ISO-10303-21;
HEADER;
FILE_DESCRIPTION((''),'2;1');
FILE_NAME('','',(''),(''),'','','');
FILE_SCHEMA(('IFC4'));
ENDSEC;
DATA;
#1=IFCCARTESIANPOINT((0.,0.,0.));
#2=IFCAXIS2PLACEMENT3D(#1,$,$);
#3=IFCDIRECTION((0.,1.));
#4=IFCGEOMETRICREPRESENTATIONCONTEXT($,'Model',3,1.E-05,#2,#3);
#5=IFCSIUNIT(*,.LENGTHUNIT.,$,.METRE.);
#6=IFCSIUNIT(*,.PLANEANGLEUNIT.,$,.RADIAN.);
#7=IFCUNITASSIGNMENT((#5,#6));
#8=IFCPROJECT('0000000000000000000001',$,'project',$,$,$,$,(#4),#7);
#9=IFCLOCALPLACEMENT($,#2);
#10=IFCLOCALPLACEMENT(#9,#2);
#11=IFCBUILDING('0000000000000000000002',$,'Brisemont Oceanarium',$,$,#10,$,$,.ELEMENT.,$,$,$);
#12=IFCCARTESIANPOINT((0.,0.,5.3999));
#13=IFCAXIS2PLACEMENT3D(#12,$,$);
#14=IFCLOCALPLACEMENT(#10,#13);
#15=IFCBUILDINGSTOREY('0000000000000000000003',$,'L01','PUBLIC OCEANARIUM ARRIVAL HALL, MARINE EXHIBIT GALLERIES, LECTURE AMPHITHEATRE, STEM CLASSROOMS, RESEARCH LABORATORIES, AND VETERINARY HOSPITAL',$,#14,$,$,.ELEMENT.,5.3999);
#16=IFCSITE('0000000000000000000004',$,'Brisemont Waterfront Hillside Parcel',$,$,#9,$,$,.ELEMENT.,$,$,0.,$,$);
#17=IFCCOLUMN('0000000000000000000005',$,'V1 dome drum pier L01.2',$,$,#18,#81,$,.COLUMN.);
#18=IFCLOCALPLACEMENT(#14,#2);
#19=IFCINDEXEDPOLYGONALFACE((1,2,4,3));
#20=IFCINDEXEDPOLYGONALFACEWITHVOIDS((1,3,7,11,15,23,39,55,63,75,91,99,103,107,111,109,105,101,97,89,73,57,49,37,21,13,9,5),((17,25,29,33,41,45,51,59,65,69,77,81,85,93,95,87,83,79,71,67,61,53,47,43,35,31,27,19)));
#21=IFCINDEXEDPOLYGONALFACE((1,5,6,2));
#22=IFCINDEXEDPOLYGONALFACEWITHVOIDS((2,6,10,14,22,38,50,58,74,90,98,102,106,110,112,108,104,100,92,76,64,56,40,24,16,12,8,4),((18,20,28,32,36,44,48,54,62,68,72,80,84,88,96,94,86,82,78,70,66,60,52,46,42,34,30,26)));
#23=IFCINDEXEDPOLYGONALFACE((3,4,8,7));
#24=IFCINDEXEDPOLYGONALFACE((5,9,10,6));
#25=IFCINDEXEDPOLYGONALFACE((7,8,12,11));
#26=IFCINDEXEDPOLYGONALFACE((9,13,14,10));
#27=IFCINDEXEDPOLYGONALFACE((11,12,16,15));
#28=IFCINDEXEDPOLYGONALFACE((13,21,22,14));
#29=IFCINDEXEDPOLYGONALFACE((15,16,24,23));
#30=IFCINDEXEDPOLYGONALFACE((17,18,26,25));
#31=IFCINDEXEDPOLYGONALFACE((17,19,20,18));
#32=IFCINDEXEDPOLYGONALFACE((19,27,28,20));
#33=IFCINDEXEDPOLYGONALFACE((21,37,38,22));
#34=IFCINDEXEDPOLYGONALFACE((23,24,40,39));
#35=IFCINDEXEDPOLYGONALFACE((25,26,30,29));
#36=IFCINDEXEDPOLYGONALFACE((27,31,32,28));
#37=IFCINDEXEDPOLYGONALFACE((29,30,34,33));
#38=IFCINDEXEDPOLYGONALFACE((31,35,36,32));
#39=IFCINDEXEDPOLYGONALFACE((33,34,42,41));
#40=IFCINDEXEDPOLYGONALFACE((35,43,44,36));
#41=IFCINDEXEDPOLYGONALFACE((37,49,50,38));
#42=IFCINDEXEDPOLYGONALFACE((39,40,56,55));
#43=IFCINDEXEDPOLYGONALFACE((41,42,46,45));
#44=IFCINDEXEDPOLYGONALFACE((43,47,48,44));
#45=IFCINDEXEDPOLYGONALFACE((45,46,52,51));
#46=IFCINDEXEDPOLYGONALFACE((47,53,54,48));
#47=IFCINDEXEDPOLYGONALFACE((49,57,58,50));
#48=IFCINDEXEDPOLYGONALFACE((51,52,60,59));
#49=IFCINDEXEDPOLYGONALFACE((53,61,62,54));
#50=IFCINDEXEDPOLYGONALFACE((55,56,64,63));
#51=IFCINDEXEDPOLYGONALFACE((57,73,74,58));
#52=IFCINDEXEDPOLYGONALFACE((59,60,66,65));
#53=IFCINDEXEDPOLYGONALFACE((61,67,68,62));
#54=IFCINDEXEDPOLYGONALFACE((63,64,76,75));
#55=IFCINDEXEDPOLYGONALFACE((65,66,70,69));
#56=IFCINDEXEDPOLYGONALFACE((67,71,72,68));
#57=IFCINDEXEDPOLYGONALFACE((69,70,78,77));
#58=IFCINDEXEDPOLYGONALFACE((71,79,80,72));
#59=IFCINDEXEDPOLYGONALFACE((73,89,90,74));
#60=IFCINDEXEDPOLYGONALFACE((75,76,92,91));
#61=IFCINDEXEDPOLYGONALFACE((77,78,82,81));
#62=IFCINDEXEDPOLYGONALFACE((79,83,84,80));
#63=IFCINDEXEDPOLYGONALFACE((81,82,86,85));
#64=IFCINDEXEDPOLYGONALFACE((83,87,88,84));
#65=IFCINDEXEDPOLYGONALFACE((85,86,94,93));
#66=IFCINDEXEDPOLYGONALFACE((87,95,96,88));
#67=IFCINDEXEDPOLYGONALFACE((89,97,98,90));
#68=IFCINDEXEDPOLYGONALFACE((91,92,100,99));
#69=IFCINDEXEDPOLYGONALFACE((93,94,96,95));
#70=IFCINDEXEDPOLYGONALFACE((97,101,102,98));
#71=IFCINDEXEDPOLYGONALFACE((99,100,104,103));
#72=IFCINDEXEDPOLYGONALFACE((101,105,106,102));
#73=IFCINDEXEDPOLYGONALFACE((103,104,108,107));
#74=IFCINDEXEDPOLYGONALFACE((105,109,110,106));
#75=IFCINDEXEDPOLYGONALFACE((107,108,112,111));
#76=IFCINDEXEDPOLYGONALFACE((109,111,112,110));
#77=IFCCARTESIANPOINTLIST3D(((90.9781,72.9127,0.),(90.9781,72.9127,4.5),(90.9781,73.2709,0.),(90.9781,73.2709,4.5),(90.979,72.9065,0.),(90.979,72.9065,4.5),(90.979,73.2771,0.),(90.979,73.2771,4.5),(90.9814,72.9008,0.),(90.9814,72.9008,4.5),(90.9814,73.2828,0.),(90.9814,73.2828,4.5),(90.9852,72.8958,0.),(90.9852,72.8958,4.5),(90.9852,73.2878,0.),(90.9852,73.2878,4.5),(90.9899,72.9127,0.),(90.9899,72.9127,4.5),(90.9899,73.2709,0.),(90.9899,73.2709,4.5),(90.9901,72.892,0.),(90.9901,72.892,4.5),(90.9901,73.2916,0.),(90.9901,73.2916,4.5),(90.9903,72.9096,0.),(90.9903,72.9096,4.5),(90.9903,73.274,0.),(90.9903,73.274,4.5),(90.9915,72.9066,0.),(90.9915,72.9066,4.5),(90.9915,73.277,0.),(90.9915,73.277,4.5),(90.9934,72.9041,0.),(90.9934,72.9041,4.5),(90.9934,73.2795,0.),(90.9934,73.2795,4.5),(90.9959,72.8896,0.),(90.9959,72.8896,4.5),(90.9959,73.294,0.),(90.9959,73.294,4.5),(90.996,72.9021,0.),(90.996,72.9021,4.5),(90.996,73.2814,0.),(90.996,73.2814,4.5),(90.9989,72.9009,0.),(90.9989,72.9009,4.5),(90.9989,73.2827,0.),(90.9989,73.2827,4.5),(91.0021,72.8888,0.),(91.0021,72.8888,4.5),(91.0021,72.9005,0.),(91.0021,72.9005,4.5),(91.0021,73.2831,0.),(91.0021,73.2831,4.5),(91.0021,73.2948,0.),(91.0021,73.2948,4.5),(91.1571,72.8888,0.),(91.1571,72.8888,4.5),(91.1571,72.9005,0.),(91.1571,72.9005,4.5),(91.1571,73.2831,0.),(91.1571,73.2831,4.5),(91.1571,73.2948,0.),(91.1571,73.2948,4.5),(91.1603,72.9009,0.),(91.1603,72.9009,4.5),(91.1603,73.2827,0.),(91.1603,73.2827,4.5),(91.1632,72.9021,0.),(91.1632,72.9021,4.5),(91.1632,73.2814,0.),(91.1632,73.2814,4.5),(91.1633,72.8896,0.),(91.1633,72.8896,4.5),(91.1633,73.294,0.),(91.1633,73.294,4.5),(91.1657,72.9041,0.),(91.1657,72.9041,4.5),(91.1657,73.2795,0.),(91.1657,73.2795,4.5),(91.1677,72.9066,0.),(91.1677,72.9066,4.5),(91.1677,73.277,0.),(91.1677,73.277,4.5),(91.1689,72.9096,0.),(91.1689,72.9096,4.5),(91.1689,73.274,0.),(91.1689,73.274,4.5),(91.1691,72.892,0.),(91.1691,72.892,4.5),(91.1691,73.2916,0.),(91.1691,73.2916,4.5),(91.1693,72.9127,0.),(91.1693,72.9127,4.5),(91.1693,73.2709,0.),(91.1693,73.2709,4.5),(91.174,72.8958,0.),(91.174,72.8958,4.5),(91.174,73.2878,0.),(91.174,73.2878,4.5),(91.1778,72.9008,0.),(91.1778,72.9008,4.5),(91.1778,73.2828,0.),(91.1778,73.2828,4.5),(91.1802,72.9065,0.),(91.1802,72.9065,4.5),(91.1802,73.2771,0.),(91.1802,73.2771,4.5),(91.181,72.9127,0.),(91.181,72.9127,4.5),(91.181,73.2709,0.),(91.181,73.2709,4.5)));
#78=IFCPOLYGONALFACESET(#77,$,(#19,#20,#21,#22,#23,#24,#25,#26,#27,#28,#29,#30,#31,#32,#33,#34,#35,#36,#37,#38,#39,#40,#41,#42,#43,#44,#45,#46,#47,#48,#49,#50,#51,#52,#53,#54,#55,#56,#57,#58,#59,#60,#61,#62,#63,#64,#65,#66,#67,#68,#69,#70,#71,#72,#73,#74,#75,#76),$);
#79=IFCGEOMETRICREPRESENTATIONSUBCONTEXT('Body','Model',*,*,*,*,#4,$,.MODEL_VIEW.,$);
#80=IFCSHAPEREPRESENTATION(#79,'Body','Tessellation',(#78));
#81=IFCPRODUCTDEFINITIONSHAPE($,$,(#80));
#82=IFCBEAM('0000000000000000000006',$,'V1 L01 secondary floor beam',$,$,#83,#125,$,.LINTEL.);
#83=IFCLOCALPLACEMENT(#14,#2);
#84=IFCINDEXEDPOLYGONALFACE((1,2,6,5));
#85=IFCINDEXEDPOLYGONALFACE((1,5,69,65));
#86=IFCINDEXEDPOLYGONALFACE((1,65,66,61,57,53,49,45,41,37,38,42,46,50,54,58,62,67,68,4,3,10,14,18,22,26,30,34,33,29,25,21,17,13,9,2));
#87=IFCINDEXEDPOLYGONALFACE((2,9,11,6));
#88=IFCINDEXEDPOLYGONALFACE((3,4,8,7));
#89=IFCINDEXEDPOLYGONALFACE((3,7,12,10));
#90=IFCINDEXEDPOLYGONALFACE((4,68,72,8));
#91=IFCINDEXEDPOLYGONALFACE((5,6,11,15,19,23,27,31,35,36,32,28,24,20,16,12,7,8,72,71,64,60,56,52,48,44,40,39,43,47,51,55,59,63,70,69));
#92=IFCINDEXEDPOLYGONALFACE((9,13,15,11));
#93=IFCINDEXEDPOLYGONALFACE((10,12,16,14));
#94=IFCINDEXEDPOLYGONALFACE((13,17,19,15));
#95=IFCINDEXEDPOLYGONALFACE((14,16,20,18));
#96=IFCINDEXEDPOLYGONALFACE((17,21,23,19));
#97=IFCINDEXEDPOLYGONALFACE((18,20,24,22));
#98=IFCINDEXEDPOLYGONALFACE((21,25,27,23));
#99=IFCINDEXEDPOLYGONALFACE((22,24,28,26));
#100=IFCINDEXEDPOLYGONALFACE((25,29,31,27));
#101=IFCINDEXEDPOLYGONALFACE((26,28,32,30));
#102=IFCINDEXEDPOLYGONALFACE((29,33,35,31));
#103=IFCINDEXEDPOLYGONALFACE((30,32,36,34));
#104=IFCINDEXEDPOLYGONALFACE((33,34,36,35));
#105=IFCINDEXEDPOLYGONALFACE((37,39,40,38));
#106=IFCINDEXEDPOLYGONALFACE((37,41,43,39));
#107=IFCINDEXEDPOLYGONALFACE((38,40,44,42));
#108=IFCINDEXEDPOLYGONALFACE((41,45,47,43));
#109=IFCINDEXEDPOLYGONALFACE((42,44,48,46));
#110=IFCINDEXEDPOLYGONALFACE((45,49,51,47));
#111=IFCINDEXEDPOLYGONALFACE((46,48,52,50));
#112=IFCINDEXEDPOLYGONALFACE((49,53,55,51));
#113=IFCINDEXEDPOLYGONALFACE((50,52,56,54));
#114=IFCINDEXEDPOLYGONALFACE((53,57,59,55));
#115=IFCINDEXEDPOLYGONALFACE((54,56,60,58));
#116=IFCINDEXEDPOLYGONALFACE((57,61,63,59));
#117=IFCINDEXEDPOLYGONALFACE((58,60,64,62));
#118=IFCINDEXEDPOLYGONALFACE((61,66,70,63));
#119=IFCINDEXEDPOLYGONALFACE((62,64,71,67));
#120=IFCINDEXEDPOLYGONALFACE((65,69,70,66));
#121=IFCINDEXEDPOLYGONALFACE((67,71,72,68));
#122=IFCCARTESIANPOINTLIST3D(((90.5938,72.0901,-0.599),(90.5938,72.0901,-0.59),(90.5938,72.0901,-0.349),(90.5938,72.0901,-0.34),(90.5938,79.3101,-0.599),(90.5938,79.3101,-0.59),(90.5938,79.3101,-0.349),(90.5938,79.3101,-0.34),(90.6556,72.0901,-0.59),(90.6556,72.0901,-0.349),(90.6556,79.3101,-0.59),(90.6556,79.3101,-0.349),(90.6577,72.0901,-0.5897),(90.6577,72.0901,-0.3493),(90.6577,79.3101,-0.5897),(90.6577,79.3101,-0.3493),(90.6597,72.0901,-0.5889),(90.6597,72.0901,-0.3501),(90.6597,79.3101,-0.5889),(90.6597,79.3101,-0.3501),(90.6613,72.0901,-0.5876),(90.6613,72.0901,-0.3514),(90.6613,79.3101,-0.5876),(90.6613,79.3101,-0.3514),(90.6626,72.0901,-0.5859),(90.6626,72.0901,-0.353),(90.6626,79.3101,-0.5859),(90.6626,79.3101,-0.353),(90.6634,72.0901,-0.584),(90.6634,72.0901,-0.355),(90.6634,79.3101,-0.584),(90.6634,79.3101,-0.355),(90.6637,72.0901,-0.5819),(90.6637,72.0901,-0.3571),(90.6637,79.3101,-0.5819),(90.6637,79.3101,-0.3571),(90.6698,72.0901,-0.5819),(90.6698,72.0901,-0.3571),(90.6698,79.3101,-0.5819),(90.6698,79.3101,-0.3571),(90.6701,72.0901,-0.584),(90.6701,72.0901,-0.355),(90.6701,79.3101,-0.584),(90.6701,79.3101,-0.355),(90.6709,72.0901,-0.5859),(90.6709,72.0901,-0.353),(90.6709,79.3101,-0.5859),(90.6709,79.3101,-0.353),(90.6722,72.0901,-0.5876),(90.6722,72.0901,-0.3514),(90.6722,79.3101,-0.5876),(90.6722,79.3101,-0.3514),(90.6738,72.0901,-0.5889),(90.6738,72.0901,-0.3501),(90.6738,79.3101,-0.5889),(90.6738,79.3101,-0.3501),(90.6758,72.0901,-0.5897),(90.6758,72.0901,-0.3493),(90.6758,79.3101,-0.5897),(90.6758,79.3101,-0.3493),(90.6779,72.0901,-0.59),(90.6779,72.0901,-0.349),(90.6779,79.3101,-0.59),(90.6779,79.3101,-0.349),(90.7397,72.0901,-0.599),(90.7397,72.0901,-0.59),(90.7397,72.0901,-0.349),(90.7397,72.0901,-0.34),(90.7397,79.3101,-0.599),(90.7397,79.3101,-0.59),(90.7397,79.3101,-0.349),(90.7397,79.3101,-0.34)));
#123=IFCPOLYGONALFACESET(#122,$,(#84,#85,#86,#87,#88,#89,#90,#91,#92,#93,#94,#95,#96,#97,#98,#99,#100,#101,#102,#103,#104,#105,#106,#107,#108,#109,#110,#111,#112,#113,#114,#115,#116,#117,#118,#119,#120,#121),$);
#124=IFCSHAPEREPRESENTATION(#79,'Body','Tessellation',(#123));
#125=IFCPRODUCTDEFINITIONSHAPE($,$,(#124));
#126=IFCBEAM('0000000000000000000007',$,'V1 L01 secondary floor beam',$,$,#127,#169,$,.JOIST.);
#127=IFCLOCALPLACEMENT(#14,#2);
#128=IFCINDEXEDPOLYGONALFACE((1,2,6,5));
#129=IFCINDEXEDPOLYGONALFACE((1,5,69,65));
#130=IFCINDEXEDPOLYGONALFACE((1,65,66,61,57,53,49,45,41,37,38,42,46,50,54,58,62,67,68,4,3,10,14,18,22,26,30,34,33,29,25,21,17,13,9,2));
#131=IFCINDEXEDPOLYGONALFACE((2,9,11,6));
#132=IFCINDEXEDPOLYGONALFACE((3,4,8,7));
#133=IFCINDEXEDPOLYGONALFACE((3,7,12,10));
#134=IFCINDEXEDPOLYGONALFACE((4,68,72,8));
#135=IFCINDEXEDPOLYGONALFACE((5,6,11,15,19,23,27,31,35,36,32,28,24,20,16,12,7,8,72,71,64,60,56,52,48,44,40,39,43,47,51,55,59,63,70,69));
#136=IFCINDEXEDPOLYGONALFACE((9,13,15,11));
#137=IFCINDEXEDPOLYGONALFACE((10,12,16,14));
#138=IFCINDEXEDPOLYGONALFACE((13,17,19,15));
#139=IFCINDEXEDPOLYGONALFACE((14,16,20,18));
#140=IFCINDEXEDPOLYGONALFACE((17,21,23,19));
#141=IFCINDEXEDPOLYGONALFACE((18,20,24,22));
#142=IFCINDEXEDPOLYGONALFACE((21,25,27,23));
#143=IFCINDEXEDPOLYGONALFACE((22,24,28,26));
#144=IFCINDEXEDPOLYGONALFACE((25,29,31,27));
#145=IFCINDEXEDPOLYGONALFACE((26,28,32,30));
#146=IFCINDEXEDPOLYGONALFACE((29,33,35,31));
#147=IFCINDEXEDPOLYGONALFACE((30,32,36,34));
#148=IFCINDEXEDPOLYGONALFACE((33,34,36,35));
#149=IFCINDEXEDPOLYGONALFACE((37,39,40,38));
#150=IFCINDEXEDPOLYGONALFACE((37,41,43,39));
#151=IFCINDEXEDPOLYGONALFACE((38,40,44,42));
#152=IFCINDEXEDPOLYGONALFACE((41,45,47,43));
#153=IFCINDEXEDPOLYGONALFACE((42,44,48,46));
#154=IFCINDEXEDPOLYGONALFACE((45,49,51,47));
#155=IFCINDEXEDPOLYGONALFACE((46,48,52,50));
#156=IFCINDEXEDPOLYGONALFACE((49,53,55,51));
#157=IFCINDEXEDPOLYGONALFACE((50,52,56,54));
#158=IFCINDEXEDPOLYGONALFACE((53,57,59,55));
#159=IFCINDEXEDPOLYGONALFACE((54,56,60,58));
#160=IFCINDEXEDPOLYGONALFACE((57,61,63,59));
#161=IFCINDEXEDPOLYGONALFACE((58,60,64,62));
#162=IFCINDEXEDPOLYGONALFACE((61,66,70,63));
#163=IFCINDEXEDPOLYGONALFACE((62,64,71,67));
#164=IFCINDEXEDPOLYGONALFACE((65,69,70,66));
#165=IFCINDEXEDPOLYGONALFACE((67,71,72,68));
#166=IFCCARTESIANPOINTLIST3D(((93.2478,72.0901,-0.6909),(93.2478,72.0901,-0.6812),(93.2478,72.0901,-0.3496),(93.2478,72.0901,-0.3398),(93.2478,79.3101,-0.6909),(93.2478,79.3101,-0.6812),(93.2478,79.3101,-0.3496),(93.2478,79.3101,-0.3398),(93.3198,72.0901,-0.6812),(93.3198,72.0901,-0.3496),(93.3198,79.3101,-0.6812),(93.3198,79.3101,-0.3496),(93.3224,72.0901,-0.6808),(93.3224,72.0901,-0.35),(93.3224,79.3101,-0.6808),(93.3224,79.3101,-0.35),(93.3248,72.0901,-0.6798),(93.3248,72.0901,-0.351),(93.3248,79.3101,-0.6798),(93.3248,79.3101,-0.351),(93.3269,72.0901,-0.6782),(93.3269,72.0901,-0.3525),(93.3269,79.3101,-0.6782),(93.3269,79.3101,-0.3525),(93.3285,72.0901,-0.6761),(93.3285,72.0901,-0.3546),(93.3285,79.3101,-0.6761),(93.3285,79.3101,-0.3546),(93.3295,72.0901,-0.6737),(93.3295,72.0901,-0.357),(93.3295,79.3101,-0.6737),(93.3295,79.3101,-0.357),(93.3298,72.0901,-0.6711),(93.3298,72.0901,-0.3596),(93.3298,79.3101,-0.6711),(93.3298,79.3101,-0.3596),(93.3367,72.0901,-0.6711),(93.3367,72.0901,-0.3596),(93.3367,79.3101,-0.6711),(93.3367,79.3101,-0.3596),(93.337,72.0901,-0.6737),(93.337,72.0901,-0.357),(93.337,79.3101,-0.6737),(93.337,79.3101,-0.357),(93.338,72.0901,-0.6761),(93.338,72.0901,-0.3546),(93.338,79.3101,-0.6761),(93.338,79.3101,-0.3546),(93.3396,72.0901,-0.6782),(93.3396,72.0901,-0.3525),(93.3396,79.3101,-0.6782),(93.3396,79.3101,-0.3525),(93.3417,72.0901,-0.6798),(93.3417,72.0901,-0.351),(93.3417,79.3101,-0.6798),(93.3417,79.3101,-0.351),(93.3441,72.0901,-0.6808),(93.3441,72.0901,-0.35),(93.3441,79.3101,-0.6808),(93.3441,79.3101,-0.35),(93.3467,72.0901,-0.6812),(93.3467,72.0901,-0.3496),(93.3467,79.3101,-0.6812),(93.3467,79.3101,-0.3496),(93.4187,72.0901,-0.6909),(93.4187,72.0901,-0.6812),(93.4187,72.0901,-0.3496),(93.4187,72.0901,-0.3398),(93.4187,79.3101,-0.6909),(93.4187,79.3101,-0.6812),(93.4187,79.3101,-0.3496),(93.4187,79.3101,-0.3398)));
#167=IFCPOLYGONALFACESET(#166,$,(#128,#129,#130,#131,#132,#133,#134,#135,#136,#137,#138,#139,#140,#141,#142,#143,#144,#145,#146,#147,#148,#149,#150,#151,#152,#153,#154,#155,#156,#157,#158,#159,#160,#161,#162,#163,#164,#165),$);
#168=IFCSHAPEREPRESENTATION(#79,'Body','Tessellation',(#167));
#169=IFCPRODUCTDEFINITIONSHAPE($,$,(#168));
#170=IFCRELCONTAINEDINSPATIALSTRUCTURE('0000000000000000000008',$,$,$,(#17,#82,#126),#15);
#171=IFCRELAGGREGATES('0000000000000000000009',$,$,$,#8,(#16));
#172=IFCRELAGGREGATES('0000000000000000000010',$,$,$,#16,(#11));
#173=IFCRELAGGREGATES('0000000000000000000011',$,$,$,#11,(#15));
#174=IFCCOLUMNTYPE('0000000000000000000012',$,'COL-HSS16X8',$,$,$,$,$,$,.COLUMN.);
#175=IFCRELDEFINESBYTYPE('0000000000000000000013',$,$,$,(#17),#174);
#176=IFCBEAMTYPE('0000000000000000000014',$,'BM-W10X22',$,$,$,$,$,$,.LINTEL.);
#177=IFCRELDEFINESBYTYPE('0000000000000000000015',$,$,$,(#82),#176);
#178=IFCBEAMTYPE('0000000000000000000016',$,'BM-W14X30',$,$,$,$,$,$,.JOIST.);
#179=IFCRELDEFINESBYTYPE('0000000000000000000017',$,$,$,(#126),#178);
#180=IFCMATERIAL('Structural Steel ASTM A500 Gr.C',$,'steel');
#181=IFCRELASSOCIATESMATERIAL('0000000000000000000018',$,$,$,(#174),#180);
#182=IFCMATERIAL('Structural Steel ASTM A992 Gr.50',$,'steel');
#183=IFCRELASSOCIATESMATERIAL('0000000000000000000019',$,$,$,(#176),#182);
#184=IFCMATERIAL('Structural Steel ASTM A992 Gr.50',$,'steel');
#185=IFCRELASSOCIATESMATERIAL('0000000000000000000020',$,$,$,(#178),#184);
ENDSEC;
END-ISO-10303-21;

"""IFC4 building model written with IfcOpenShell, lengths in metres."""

from ifc_helpers import new_model, si_unit, direction, frame, origin, origin_2d, place, context, subcontext, project, spatial, hollow_rectangle, i_section, extrude, material, material_profile, profile_set, type_object, element, save


model = new_model("IFC4")

# Units and contexts
model_context = context("Model", 3, precision=1e-05, world=origin(), true_north=direction((0.0, 1.0)))
body_context = subcontext(model_context, "Body", "Model", "MODEL_VIEW")
ifc_project = project(units=[si_unit("LENGTHUNIT", "METRE"), si_unit("PLANEANGLEUNIT", "RADIAN")], contexts=[model_context])

# Site, building, storey
site_placement = place(None, origin())
site = spatial("IfcSite", under=ifc_project, at=site_placement, Name="Brisemont Waterfront Hillside Parcel", CompositionType="ELEMENT", RefElevation=0.0)
building_placement = place(site_placement, origin())
building = spatial("IfcBuilding", under=site, at=building_placement, Name="Brisemont Oceanarium", CompositionType="ELEMENT")
storey_placement = place(building_placement, frame((0.0, 0.0, 5.3999)))
storey = spatial("IfcBuildingStorey", under=building, at=storey_placement, Name="L01", Description="PUBLIC OCEANARIUM ARRIVAL HALL, MARINE EXHIBIT GALLERIES, LECTURE AMPHITHEATRE, STEM CLASSROOMS, RESEARCH LABORATORIES, AND VETERINARY HOSPITAL", CompositionType="ELEMENT", Elevation=5.3999)

# Column
ifc_material_1 = material(Name="Structural Steel ASTM A500 Gr.C", Category="steel")
ifc_material_profile_1 = material_profile(ifc_material_1, hollow_rectangle(XDim=0.2029, YDim=0.406, WallThickness=0.0117, InnerFilletRadius=0.0122, OuterFilletRadius=0.0239, at=origin_2d()), Name="HSS16X8X1/2")
ifc_profile_set_1 = profile_set([ifc_material_profile_1], Name="Structural Steel ASTM A500 Gr.C")
column_type = type_object("IfcColumnType", Name="COL-HSS16X8", PredefinedType="COLUMN", material=ifc_profile_set_1)
column_placement = place(storey_placement, frame((91.0796, 73.0918, 0.0), z_axis=(0.0, 0.0, 1.0), x_axis=(1.0, 0.0, 0.0)))
element("IfcColumn", 1, at=column_placement, inside=storey, type_object=column_type, Name="V1 dome drum pier L01.2", PredefinedType="COLUMN", context=body_context, shape_type="SweptSolid", body=[
    extrude(hollow_rectangle(XDim=0.2029, YDim=0.406, WallThickness=0.0117, InnerFilletRadius=0.0122, OuterFilletRadius=0.0239, at=origin_2d()), origin(), (0.0, 0.0, 1.0), 4.5),
])

# Beams
ifc_material_2 = material(Name="Structural Steel ASTM A992 Gr.50", Category="steel")
ifc_material_profile_2 = material_profile(ifc_material_2, i_section(OverallWidth=0.146, OverallDepth=0.259, WebThickness=0.0061, FlangeThickness=0.009, FilletRadius=0.0081, at=origin_2d()), Name="W10X22")
ifc_profile_set_2 = profile_set([ifc_material_profile_2], Name="Structural Steel ASTM A992 Gr.50")
beam_type_1 = type_object("IfcBeamType", Name="BM-W10X22", PredefinedType="LINTEL", material=ifc_profile_set_2)
beam_1_placement = place(storey_placement, frame((90.6667, 72.0901, -0.4695), z_axis=(0.0, 1.0, 0.0), x_axis=(-1.0, 0.0, 0.0)))
element("IfcBeam", 2, at=beam_1_placement, inside=storey, type_object=beam_type_1, Name="V1 L01 secondary floor beam", PredefinedType="LINTEL", context=body_context, shape_type="SweptSolid", body=[
    extrude(i_section(OverallWidth=0.146, OverallDepth=0.259, WebThickness=0.0061, FlangeThickness=0.009, FilletRadius=0.0081, at=origin_2d()), origin(), (0.0, 0.0, 1.0), 7.22),
])
ifc_material_3 = material(Name="Structural Steel ASTM A992 Gr.50", Category="steel")
ifc_material_profile_3 = material_profile(ifc_material_3, i_section(OverallWidth=0.1709, OverallDepth=0.3511, WebThickness=0.0068, FlangeThickness=0.0098, FilletRadius=0.01, at=origin_2d()), Name="W14X30")
ifc_profile_set_3 = profile_set([ifc_material_profile_3], Name="Structural Steel ASTM A992 Gr.50")
beam_type_2 = type_object("IfcBeamType", Name="BM-W14X30", PredefinedType="JOIST", material=ifc_profile_set_3)
beam_2_placement = place(storey_placement, frame((93.3333, 72.0901, -0.5154), z_axis=(0.0, 1.0, 0.0), x_axis=(-1.0, 0.0, 0.0)))
element("IfcBeam", 3, at=beam_2_placement, inside=storey, type_object=beam_type_2, Name="V1 L01 secondary floor beam", PredefinedType="JOIST", context=body_context, shape_type="SweptSolid", body=[
    extrude(i_section(OverallWidth=0.1709, OverallDepth=0.3511, WebThickness=0.0068, FlangeThickness=0.0098, FilletRadius=0.01, at=origin_2d()), origin(), (0.0, 0.0, 1.0), 7.22),
])

save(model, "model.ifc")
